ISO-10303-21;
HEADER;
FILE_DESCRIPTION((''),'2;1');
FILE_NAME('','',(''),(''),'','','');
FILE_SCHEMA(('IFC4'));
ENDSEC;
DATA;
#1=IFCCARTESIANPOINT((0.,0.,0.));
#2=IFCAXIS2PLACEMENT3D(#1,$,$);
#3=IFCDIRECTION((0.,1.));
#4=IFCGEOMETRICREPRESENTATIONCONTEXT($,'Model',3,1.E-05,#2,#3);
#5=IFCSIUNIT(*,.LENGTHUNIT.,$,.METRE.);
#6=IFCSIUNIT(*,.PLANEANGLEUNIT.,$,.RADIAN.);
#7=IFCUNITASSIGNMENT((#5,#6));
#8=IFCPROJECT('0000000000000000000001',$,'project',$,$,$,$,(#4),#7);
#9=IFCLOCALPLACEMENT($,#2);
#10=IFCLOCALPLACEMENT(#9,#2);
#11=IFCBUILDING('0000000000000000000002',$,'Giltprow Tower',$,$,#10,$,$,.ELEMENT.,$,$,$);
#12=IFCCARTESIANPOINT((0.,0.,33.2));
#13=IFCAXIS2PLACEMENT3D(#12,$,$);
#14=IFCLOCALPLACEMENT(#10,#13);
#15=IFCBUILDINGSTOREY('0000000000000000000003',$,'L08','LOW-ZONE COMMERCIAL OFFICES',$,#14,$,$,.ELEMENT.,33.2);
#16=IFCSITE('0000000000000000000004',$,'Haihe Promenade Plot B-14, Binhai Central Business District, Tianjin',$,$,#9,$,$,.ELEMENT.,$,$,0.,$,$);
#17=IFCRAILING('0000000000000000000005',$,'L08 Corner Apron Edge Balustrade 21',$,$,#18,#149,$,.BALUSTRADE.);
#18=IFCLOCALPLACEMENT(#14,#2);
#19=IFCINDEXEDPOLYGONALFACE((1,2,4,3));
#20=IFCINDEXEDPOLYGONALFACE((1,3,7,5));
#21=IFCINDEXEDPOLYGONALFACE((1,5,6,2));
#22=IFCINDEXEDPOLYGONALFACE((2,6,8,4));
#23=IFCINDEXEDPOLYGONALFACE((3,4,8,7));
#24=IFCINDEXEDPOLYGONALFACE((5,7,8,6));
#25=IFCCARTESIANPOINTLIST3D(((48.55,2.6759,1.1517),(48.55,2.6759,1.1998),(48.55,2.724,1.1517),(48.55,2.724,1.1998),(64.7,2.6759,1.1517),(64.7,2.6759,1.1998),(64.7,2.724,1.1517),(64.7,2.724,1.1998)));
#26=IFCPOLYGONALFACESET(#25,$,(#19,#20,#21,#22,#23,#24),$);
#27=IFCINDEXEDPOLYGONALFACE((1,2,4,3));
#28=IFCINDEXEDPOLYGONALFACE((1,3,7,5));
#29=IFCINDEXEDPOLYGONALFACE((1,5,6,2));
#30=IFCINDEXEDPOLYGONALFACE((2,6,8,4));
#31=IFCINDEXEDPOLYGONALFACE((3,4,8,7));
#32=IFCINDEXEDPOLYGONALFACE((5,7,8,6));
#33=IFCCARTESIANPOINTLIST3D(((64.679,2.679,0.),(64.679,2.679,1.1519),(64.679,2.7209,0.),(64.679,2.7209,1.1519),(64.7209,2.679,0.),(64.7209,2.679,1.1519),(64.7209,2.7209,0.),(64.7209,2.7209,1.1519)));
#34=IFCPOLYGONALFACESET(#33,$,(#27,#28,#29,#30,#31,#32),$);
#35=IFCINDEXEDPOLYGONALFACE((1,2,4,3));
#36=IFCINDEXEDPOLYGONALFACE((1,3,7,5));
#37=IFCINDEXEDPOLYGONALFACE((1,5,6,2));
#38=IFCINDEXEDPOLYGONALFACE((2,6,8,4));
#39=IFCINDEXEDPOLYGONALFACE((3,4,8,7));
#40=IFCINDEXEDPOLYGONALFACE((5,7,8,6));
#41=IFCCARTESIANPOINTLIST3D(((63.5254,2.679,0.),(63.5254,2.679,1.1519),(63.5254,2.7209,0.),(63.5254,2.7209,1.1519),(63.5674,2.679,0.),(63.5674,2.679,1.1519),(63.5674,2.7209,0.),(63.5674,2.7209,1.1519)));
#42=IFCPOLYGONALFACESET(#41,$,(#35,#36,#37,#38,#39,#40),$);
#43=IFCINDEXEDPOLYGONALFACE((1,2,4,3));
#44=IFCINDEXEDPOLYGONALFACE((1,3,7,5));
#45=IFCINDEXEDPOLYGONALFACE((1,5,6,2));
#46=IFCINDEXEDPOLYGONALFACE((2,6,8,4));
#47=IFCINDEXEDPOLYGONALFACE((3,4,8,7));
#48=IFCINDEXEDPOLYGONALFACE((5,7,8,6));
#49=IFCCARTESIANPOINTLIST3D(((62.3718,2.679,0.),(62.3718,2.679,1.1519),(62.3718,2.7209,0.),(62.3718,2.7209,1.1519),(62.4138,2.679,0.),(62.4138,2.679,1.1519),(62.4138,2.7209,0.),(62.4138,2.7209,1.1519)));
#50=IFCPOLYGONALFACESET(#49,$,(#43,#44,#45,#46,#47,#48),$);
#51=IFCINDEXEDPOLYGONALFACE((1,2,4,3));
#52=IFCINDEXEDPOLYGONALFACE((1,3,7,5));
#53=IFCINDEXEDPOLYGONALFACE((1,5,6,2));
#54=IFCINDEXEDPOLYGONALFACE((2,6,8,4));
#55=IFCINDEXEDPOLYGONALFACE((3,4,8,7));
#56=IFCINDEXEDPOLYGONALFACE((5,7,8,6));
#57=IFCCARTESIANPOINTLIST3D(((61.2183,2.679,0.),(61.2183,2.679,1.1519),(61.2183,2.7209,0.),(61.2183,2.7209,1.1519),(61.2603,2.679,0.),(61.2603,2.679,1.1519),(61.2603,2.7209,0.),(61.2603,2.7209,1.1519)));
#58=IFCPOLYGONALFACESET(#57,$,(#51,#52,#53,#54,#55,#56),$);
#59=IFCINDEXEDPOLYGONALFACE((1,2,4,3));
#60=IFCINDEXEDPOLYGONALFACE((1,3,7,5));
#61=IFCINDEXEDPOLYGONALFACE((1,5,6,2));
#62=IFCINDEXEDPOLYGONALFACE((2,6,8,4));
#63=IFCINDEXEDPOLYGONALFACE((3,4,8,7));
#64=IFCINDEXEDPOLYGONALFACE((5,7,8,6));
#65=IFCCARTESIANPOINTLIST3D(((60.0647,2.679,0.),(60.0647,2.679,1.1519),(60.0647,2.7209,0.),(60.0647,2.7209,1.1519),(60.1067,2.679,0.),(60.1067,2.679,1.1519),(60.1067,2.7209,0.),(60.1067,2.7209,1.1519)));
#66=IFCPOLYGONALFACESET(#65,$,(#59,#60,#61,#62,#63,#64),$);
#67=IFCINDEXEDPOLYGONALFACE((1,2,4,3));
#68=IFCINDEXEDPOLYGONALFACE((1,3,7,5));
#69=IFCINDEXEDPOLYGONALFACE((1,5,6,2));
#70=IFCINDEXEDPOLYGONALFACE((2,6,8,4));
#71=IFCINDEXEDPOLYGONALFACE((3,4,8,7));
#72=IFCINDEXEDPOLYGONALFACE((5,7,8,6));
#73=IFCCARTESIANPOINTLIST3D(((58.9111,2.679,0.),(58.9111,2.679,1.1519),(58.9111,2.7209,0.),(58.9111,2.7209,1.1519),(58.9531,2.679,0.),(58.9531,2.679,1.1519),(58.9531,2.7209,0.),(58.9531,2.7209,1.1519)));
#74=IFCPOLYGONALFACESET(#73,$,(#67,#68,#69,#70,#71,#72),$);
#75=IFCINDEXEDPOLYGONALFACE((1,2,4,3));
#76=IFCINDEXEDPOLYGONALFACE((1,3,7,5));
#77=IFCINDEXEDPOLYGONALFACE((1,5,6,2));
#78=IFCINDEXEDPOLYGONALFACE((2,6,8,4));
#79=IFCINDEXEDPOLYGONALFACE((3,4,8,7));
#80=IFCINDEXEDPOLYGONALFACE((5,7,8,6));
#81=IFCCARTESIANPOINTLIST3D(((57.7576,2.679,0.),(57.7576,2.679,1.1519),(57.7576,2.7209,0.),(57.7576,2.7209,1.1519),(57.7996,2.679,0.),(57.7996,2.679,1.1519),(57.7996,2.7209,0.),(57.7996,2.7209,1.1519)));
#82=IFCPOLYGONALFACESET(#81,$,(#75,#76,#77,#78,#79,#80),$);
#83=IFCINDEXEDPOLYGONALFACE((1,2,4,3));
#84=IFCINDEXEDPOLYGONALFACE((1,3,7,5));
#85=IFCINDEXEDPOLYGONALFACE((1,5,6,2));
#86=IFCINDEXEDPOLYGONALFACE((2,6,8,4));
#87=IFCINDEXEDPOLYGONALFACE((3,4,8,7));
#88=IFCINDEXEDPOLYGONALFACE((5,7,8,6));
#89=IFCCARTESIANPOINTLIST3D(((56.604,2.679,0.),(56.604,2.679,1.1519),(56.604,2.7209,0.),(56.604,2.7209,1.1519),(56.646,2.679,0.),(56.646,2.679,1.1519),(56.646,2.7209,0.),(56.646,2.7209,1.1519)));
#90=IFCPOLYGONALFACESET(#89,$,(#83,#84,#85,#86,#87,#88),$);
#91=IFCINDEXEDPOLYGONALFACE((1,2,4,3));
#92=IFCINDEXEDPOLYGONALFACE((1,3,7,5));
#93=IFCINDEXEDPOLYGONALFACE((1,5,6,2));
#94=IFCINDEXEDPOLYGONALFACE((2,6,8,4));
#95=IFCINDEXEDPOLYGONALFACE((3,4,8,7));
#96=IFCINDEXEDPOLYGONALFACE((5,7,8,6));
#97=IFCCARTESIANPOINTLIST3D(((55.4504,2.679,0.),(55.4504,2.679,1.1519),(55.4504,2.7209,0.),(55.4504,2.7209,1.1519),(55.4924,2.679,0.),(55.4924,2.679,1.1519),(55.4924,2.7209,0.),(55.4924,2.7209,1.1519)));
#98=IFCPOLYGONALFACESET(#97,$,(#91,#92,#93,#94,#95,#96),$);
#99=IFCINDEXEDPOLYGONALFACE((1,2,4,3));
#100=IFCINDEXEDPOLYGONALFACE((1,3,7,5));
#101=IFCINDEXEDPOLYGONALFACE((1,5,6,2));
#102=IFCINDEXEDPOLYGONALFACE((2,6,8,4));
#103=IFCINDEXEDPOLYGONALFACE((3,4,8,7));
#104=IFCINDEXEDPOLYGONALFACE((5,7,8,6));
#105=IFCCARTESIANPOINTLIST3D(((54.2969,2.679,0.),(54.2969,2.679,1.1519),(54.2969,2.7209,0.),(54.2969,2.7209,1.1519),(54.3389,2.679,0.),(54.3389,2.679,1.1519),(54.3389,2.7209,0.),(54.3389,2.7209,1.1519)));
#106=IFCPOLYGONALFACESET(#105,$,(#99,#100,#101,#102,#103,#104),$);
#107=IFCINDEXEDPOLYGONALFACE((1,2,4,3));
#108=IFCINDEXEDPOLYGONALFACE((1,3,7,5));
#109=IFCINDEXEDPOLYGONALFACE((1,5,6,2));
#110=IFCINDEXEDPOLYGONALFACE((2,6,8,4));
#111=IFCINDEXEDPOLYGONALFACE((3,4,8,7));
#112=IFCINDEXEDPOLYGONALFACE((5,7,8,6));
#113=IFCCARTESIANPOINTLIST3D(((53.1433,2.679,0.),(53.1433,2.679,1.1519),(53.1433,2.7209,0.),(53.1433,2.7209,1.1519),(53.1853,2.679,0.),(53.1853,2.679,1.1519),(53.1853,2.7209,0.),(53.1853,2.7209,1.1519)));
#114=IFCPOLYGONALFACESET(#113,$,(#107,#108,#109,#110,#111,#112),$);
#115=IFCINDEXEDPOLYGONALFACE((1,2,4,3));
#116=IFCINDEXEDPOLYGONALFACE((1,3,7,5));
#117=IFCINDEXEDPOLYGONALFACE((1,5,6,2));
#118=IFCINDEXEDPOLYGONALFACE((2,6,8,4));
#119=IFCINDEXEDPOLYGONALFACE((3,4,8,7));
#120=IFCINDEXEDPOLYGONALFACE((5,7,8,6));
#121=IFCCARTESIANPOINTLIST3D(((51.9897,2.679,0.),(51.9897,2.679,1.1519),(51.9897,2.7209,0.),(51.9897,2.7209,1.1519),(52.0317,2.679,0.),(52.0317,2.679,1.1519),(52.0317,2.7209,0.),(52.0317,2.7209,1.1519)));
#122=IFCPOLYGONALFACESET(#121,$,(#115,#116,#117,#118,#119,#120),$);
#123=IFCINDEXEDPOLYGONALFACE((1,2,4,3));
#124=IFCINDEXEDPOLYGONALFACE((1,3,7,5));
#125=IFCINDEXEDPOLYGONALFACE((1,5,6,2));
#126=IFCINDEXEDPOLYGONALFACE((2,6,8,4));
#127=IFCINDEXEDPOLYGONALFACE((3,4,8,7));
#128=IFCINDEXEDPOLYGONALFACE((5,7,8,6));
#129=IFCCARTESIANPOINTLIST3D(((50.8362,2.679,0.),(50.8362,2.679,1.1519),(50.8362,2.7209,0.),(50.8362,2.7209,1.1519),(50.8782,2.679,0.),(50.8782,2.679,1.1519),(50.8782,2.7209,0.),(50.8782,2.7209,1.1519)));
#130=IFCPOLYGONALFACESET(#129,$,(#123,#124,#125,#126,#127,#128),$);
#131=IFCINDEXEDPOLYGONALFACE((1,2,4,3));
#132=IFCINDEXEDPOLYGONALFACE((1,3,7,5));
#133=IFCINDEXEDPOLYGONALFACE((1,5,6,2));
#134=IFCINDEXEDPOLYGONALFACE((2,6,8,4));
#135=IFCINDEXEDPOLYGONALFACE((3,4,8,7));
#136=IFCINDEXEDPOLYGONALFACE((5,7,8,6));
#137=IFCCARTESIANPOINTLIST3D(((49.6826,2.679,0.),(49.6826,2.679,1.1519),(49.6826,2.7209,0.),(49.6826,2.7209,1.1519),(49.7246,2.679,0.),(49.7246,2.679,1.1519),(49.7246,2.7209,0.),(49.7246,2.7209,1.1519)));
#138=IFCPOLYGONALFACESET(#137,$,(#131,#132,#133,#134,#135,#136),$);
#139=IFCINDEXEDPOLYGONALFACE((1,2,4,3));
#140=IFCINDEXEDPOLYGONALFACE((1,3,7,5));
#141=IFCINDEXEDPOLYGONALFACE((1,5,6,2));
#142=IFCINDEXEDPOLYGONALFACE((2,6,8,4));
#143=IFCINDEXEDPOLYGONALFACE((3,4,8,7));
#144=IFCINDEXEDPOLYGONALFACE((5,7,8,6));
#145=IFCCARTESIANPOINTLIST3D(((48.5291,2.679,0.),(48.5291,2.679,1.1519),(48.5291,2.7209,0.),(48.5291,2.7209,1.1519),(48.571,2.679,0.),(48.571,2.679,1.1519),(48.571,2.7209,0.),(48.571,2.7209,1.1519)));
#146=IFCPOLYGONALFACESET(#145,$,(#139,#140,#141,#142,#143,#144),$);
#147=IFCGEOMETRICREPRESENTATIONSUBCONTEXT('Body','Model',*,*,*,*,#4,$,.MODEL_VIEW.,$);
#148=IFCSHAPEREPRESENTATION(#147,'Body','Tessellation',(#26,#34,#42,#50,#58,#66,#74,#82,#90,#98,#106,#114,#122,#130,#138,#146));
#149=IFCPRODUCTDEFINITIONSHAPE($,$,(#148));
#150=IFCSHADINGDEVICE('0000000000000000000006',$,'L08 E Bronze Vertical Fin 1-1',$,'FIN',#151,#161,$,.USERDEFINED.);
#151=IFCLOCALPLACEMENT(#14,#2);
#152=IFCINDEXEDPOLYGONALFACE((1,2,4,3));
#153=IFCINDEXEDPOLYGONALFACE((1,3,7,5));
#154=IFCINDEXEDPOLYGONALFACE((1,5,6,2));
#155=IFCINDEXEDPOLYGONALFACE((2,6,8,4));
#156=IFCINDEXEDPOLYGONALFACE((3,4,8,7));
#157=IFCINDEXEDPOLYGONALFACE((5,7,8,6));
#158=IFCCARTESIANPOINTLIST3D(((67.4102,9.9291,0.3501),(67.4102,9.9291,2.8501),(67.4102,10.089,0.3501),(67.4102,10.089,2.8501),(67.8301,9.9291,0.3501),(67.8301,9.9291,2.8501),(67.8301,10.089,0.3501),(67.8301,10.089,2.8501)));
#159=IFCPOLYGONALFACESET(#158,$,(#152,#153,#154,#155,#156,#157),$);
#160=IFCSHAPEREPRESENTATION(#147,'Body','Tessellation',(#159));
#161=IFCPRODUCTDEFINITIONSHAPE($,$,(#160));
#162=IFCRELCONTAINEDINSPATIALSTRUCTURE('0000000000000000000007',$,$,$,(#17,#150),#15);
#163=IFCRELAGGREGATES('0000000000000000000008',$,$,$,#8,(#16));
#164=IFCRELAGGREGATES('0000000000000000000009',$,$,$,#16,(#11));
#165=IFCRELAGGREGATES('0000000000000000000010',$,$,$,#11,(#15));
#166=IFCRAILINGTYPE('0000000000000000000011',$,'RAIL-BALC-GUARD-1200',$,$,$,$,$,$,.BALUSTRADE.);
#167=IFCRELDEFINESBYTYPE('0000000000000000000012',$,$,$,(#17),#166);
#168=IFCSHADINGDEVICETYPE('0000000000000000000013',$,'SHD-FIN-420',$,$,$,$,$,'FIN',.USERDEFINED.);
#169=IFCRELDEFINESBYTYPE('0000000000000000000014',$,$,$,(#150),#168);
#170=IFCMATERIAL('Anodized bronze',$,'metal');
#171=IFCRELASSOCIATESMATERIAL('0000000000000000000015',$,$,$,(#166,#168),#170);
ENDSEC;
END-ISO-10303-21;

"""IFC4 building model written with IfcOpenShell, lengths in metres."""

from ifc_helpers import new_model, si_unit, direction, frame, origin, origin_2d, place, context, subcontext, project, spatial, rectangle, extrude, source, transform, mapped, material, type_object, element, save


model = new_model("IFC4")

# Units and contexts
model_context = context("Model", 3, precision=1e-05, world=origin(), true_north=direction((0.0, 1.0)))
body_context = subcontext(model_context, "Body", "Model", "MODEL_VIEW")
ifc_project = project(units=[si_unit("LENGTHUNIT", "METRE"), si_unit("PLANEANGLEUNIT", "RADIAN")], contexts=[model_context])

# Site, building, storey
site_placement = place(None, origin())
site = spatial("IfcSite", under=ifc_project, at=site_placement, Name="Haihe Promenade Plot B-14, Binhai Central Business District, Tianjin", CompositionType="ELEMENT", RefElevation=0.0)
building_placement = place(site_placement, origin())
building = spatial("IfcBuilding", under=site, at=building_placement, Name="Giltprow Tower", CompositionType="ELEMENT")
storey_placement = place(building_placement, frame((0.0, 0.0, 33.2)))
storey = spatial("IfcBuildingStorey", under=building, at=storey_placement, Name="L08", Description="LOW-ZONE COMMERCIAL OFFICES", CompositionType="ELEMENT", Elevation=33.2)

# Shared definitions
ifc_material_1 = material(Name="Anodized bronze", Category="metal")

# Railing
railing_type = type_object("IfcRailingType", Name="RAIL-BALC-GUARD-1200", PredefinedType="BALUSTRADE", material=ifc_material_1)
railing_1_placement = place(storey_placement, frame((64.7, 2.7, 0.0)))
element("IfcRailing", 1, at=railing_1_placement, inside=storey, type_object=railing_type, Name="L08 Corner Apron Edge Balustrade 21", PredefinedType="BALUSTRADE", context=body_context, shape_type="SweptSolid", body=[
    extrude(rectangle(XDim=0.0481, YDim=0.0481, at=origin_2d()), frame((0.0, 0.0, 1.1758), z_axis=(-1.0, 0.0, 0.0), x_axis=(0.0, -1.0, 0.0)), (0.0, 0.0, 1.0), 16.1499),
    extrude(rectangle(XDim=0.042, YDim=0.042, at=origin_2d()), origin(), (0.0, 0.0, 1.0), 1.1519),
    extrude(rectangle(XDim=0.042, YDim=0.042, at=origin_2d()), frame((-1.1536, 0.0, 0.0)), (0.0, 0.0, 1.0), 1.1519),
    extrude(rectangle(XDim=0.042, YDim=0.042, at=origin_2d()), frame((-2.3071, 0.0, 0.0)), (0.0, 0.0, 1.0), 1.1519),
    extrude(rectangle(XDim=0.042, YDim=0.042, at=origin_2d()), frame((-3.4607, 0.0, 0.0)), (0.0, 0.0, 1.0), 1.1519),
    extrude(rectangle(XDim=0.042, YDim=0.042, at=origin_2d()), frame((-4.6143, 0.0, 0.0)), (0.0, 0.0, 1.0), 1.1519),
    extrude(rectangle(XDim=0.042, YDim=0.042, at=origin_2d()), frame((-5.7678, 0.0, 0.0)), (0.0, 0.0, 1.0), 1.1519),
    extrude(rectangle(XDim=0.042, YDim=0.042, at=origin_2d()), frame((-6.9214, 0.0, 0.0)), (0.0, 0.0, 1.0), 1.1519),
    extrude(rectangle(XDim=0.042, YDim=0.042, at=origin_2d()), frame((-8.075, 0.0, 0.0)), (0.0, 0.0, 1.0), 1.1519),
    extrude(rectangle(XDim=0.042, YDim=0.042, at=origin_2d()), frame((-9.2285, 0.0, 0.0)), (0.0, 0.0, 1.0), 1.1519),
    extrude(rectangle(XDim=0.042, YDim=0.042, at=origin_2d()), frame((-10.3821, 0.0, 0.0)), (0.0, 0.0, 1.0), 1.1519),
    extrude(rectangle(XDim=0.042, YDim=0.042, at=origin_2d()), frame((-11.5356, 0.0, 0.0)), (0.0, 0.0, 1.0), 1.1519),
    extrude(rectangle(XDim=0.042, YDim=0.042, at=origin_2d()), frame((-12.6892, 0.0, 0.0)), (0.0, 0.0, 1.0), 1.1519),
    extrude(rectangle(XDim=0.042, YDim=0.042, at=origin_2d()), frame((-13.8428, 0.0, 0.0)), (0.0, 0.0, 1.0), 1.1519),
    extrude(rectangle(XDim=0.042, YDim=0.042, at=origin_2d()), frame((-14.9963, 0.0, 0.0)), (0.0, 0.0, 1.0), 1.1519),
    extrude(rectangle(XDim=0.042, YDim=0.042, at=origin_2d()), frame((-16.1499, 0.0, 0.0)), (0.0, 0.0, 1.0), 1.1519),
])

# Shading device
shading_device_type = type_object("IfcShadingDeviceType", Name="SHD-FIN-420", ElementType="FIN", PredefinedType="USERDEFINED", material=ifc_material_1)
shared_shape_1 = source(origin(), body_context, "Body", "SweptSolid", [
    extrude(rectangle(XDim=0.4199, YDim=0.1599, at=origin_2d()), origin(), (0.0, 0.0, 1.0), 2.5),
])
shading_device_placement = place(storey_placement, frame((67.6201, 10.009, 0.3501), z_axis=(0.0, 0.0, 1.0), x_axis=(1.0, 0.0, 0.0)))
element("IfcShadingDevice", 2, at=shading_device_placement, inside=storey, type_object=shading_device_type, Name="L08 E Bronze Vertical Fin 1-1", ObjectType="FIN", PredefinedType="USERDEFINED", context=body_context, shape_type="MappedRepresentation", body=[
    mapped(shared_shape_1, transform((0.0, 0.0, 0.0), x_axis=(1.0, 0.0, 0.0), y_axis=(0.0, 1.0, 0.0), z_axis=(0.0, 0.0, 1.0), scale=1.0)),
])

save(model, "model.ifc")
